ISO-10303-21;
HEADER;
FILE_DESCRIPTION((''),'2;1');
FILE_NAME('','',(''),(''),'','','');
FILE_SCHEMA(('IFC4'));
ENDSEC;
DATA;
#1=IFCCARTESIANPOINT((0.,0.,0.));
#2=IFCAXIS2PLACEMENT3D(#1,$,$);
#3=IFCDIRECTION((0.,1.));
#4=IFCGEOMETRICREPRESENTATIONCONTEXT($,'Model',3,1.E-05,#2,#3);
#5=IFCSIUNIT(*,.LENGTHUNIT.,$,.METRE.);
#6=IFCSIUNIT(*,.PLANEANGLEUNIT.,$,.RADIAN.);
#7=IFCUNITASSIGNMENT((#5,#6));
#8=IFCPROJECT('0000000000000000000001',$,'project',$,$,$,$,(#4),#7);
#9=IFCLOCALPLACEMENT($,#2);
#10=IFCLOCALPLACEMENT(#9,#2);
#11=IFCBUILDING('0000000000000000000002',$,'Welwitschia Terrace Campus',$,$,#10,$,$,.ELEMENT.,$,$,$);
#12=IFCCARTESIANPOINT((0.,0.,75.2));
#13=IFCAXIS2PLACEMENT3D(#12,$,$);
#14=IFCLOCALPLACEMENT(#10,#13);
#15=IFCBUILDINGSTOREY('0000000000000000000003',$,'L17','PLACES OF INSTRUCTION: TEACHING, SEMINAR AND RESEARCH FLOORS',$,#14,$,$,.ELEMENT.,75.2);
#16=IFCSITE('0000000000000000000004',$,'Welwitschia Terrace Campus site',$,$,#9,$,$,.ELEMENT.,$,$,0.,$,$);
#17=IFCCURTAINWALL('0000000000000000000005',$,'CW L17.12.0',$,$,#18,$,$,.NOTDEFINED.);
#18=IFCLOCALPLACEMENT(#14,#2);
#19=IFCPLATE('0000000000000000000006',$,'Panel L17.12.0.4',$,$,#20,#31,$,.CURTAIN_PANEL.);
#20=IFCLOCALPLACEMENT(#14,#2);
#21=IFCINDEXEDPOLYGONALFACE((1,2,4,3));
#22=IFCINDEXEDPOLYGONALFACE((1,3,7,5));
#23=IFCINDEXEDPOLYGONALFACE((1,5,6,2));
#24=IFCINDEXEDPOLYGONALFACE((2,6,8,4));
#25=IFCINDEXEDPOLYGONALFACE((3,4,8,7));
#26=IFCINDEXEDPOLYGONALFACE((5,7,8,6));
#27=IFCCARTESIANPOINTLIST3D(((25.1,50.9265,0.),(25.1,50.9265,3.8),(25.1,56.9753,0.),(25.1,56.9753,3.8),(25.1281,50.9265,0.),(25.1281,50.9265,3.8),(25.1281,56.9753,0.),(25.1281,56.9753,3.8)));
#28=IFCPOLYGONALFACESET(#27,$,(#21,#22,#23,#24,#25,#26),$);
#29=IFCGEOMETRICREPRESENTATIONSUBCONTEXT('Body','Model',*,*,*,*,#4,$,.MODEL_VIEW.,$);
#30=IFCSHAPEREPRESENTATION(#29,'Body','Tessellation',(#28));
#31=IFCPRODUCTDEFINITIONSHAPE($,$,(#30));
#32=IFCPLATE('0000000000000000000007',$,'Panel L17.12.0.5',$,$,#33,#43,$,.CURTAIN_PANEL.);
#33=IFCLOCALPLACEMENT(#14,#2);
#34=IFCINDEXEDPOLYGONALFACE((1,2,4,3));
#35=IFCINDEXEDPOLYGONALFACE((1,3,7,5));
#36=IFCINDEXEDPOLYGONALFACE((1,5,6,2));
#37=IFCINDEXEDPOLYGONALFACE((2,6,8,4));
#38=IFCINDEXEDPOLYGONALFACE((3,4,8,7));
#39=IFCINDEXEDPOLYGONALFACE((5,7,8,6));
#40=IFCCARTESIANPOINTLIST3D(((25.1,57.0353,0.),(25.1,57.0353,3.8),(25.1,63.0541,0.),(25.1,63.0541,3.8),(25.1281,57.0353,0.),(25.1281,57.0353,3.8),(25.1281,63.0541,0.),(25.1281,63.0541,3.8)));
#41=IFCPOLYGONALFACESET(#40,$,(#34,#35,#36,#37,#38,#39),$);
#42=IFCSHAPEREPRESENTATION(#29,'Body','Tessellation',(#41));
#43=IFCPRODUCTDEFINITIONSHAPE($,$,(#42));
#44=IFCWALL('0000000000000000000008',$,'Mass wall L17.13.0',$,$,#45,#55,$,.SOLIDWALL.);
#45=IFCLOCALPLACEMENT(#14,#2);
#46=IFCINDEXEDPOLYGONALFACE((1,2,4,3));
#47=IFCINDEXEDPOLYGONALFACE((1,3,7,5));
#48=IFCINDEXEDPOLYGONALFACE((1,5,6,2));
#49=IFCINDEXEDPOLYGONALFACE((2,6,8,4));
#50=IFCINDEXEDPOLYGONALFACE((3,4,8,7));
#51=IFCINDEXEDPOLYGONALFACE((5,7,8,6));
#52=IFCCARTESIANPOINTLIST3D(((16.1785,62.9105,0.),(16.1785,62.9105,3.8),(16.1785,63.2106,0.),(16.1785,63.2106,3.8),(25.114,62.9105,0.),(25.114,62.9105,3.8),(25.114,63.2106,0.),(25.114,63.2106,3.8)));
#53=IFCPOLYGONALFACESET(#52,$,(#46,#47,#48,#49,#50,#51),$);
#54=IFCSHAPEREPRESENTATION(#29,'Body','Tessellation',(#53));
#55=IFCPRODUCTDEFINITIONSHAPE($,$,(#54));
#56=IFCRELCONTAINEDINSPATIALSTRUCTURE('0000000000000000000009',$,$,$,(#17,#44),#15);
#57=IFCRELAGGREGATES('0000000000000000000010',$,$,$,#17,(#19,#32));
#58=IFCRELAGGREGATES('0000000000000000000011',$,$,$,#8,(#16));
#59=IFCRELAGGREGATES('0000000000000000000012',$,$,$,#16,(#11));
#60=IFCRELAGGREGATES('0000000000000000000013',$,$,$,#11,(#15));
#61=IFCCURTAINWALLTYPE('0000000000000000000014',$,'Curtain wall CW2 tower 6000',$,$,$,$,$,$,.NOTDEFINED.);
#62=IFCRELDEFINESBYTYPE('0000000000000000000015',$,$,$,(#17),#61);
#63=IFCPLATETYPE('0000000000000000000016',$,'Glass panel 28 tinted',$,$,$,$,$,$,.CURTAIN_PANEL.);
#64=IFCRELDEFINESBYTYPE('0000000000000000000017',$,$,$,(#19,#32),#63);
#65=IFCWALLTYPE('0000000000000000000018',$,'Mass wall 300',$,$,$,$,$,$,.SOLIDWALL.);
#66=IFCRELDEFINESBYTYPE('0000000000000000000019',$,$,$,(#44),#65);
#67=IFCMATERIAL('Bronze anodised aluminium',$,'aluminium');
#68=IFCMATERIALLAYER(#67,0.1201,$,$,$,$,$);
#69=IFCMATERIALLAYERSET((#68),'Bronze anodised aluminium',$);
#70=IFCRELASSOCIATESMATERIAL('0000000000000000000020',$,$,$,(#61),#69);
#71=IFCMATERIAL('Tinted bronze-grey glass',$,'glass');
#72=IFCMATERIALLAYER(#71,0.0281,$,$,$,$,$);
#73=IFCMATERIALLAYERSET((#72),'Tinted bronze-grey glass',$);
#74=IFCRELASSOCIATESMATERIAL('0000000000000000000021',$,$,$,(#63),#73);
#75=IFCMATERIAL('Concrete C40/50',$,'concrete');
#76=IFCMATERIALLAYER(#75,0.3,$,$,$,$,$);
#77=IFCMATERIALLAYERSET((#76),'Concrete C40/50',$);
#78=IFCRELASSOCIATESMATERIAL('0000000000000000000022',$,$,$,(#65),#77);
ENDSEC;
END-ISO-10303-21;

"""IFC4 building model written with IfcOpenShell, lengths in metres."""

from ifc_helpers import new_model, si_unit, direction, frame, frame_2d, origin, origin_2d, place, context, subcontext, project, spatial, rectangle, extrude, material, layer, layer_set, type_object, element, aggregate, save


model = new_model("IFC4")

# Units and contexts
model_context = context("Model", 3, precision=1e-05, world=origin(), true_north=direction((0.0, 1.0)))
body_context = subcontext(model_context, "Body", "Model", "MODEL_VIEW")
ifc_project = project(units=[si_unit("LENGTHUNIT", "METRE"), si_unit("PLANEANGLEUNIT", "RADIAN")], contexts=[model_context])

# Site, building, storey
site_placement = place(None, origin())
site = spatial("IfcSite", under=ifc_project, at=site_placement, Name="Welwitschia Terrace Campus site", CompositionType="ELEMENT", RefElevation=0.0)
building_placement = place(site_placement, origin())
building = spatial("IfcBuilding", under=site, at=building_placement, Name="Welwitschia Terrace Campus", CompositionType="ELEMENT")
storey_placement = place(building_placement, frame((0.0, 0.0, 75.2)))
storey = spatial("IfcBuildingStorey", under=building, at=storey_placement, Name="L17", Description="PLACES OF INSTRUCTION: TEACHING, SEMINAR AND RESEARCH FLOORS", CompositionType="ELEMENT", Elevation=75.2)

# Curtain wall
ifc_material_1 = material(Name="Bronze anodised aluminium", Category="aluminium")
ifc_layer_1 = layer(ifc_material_1, 0.1201)
ifc_layer_set_1 = layer_set([ifc_layer_1], Name="Bronze anodised aluminium")
curtain_wall_type = type_object("IfcCurtainWallType", Name="Curtain wall CW2 tower 6000", PredefinedType="NOTDEFINED", material=ifc_layer_set_1)
curtain_wall_placement = place(storey_placement, origin())
curtain_wall = element("IfcCurtainWall", 1, at=curtain_wall_placement, inside=storey, type_object=curtain_wall_type, Name="CW L17.12.0", PredefinedType="NOTDEFINED")

# Plates
ifc_material_2 = material(Name="Tinted bronze-grey glass", Category="glass")
ifc_layer_2 = layer(ifc_material_2, 0.0281)
ifc_layer_set_2 = layer_set([ifc_layer_2], Name="Tinted bronze-grey glass")
plate_type = type_object("IfcPlateType", Name="Glass panel 28 tinted", PredefinedType="CURTAIN_PANEL", material=ifc_layer_set_2)
plate_1_placement = place(storey_placement, frame((25.114, 53.9509, 0.0), z_axis=(0.0, 0.0, 1.0), x_axis=(0.0, 1.0, 0.0)))
plate_1 = element("IfcPlate", 2, at=plate_1_placement, type_object=plate_type, Name="Panel L17.12.0.4", PredefinedType="CURTAIN_PANEL", context=body_context, shape_type="SweptSolid", body=[
    extrude(rectangle(XDim=6.0488, YDim=0.0281, at=origin_2d()), origin(), (0.0, 0.0, 1.0), 3.8),
])
plate_2_placement = place(storey_placement, frame((25.114, 60.0447, 0.0), z_axis=(0.0, 0.0, 1.0), x_axis=(0.0, 1.0, 0.0)))
plate_2 = element("IfcPlate", 3, at=plate_2_placement, type_object=plate_type, Name="Panel L17.12.0.5", PredefinedType="CURTAIN_PANEL", context=body_context, shape_type="SweptSolid", body=[
    extrude(rectangle(XDim=6.0188, YDim=0.0281, at=origin_2d()), origin(), (0.0, 0.0, 1.0), 3.8),
])
aggregate(curtain_wall, [plate_1, plate_2])

# Wall
ifc_material_3 = material(Name="Concrete C40/50", Category="concrete")
ifc_layer_3 = layer(ifc_material_3, 0.3)
ifc_layer_set_3 = layer_set([ifc_layer_3], Name="Concrete C40/50")
wall_type = type_object("IfcWallType", Name="Mass wall 300", PredefinedType="SOLIDWALL", material=ifc_layer_set_3)
wall_placement = place(storey_placement, frame((25.114, 63.0605, 0.0), z_axis=(0.0, 0.0, 1.0), x_axis=(-1.0, 0.0, 0.0)))
element("IfcWall", 4, at=wall_placement, inside=storey, type_object=wall_type, Name="Mass wall L17.13.0", PredefinedType="SOLIDWALL", context=body_context, shape_type="SweptSolid", body=[
    extrude(rectangle(XDim=8.9355, YDim=0.3, at=frame_2d((4.4678, 0.0))), origin(), (0.0, 0.0, 1.0), 3.8),
])

save(model, "model.ifc")
